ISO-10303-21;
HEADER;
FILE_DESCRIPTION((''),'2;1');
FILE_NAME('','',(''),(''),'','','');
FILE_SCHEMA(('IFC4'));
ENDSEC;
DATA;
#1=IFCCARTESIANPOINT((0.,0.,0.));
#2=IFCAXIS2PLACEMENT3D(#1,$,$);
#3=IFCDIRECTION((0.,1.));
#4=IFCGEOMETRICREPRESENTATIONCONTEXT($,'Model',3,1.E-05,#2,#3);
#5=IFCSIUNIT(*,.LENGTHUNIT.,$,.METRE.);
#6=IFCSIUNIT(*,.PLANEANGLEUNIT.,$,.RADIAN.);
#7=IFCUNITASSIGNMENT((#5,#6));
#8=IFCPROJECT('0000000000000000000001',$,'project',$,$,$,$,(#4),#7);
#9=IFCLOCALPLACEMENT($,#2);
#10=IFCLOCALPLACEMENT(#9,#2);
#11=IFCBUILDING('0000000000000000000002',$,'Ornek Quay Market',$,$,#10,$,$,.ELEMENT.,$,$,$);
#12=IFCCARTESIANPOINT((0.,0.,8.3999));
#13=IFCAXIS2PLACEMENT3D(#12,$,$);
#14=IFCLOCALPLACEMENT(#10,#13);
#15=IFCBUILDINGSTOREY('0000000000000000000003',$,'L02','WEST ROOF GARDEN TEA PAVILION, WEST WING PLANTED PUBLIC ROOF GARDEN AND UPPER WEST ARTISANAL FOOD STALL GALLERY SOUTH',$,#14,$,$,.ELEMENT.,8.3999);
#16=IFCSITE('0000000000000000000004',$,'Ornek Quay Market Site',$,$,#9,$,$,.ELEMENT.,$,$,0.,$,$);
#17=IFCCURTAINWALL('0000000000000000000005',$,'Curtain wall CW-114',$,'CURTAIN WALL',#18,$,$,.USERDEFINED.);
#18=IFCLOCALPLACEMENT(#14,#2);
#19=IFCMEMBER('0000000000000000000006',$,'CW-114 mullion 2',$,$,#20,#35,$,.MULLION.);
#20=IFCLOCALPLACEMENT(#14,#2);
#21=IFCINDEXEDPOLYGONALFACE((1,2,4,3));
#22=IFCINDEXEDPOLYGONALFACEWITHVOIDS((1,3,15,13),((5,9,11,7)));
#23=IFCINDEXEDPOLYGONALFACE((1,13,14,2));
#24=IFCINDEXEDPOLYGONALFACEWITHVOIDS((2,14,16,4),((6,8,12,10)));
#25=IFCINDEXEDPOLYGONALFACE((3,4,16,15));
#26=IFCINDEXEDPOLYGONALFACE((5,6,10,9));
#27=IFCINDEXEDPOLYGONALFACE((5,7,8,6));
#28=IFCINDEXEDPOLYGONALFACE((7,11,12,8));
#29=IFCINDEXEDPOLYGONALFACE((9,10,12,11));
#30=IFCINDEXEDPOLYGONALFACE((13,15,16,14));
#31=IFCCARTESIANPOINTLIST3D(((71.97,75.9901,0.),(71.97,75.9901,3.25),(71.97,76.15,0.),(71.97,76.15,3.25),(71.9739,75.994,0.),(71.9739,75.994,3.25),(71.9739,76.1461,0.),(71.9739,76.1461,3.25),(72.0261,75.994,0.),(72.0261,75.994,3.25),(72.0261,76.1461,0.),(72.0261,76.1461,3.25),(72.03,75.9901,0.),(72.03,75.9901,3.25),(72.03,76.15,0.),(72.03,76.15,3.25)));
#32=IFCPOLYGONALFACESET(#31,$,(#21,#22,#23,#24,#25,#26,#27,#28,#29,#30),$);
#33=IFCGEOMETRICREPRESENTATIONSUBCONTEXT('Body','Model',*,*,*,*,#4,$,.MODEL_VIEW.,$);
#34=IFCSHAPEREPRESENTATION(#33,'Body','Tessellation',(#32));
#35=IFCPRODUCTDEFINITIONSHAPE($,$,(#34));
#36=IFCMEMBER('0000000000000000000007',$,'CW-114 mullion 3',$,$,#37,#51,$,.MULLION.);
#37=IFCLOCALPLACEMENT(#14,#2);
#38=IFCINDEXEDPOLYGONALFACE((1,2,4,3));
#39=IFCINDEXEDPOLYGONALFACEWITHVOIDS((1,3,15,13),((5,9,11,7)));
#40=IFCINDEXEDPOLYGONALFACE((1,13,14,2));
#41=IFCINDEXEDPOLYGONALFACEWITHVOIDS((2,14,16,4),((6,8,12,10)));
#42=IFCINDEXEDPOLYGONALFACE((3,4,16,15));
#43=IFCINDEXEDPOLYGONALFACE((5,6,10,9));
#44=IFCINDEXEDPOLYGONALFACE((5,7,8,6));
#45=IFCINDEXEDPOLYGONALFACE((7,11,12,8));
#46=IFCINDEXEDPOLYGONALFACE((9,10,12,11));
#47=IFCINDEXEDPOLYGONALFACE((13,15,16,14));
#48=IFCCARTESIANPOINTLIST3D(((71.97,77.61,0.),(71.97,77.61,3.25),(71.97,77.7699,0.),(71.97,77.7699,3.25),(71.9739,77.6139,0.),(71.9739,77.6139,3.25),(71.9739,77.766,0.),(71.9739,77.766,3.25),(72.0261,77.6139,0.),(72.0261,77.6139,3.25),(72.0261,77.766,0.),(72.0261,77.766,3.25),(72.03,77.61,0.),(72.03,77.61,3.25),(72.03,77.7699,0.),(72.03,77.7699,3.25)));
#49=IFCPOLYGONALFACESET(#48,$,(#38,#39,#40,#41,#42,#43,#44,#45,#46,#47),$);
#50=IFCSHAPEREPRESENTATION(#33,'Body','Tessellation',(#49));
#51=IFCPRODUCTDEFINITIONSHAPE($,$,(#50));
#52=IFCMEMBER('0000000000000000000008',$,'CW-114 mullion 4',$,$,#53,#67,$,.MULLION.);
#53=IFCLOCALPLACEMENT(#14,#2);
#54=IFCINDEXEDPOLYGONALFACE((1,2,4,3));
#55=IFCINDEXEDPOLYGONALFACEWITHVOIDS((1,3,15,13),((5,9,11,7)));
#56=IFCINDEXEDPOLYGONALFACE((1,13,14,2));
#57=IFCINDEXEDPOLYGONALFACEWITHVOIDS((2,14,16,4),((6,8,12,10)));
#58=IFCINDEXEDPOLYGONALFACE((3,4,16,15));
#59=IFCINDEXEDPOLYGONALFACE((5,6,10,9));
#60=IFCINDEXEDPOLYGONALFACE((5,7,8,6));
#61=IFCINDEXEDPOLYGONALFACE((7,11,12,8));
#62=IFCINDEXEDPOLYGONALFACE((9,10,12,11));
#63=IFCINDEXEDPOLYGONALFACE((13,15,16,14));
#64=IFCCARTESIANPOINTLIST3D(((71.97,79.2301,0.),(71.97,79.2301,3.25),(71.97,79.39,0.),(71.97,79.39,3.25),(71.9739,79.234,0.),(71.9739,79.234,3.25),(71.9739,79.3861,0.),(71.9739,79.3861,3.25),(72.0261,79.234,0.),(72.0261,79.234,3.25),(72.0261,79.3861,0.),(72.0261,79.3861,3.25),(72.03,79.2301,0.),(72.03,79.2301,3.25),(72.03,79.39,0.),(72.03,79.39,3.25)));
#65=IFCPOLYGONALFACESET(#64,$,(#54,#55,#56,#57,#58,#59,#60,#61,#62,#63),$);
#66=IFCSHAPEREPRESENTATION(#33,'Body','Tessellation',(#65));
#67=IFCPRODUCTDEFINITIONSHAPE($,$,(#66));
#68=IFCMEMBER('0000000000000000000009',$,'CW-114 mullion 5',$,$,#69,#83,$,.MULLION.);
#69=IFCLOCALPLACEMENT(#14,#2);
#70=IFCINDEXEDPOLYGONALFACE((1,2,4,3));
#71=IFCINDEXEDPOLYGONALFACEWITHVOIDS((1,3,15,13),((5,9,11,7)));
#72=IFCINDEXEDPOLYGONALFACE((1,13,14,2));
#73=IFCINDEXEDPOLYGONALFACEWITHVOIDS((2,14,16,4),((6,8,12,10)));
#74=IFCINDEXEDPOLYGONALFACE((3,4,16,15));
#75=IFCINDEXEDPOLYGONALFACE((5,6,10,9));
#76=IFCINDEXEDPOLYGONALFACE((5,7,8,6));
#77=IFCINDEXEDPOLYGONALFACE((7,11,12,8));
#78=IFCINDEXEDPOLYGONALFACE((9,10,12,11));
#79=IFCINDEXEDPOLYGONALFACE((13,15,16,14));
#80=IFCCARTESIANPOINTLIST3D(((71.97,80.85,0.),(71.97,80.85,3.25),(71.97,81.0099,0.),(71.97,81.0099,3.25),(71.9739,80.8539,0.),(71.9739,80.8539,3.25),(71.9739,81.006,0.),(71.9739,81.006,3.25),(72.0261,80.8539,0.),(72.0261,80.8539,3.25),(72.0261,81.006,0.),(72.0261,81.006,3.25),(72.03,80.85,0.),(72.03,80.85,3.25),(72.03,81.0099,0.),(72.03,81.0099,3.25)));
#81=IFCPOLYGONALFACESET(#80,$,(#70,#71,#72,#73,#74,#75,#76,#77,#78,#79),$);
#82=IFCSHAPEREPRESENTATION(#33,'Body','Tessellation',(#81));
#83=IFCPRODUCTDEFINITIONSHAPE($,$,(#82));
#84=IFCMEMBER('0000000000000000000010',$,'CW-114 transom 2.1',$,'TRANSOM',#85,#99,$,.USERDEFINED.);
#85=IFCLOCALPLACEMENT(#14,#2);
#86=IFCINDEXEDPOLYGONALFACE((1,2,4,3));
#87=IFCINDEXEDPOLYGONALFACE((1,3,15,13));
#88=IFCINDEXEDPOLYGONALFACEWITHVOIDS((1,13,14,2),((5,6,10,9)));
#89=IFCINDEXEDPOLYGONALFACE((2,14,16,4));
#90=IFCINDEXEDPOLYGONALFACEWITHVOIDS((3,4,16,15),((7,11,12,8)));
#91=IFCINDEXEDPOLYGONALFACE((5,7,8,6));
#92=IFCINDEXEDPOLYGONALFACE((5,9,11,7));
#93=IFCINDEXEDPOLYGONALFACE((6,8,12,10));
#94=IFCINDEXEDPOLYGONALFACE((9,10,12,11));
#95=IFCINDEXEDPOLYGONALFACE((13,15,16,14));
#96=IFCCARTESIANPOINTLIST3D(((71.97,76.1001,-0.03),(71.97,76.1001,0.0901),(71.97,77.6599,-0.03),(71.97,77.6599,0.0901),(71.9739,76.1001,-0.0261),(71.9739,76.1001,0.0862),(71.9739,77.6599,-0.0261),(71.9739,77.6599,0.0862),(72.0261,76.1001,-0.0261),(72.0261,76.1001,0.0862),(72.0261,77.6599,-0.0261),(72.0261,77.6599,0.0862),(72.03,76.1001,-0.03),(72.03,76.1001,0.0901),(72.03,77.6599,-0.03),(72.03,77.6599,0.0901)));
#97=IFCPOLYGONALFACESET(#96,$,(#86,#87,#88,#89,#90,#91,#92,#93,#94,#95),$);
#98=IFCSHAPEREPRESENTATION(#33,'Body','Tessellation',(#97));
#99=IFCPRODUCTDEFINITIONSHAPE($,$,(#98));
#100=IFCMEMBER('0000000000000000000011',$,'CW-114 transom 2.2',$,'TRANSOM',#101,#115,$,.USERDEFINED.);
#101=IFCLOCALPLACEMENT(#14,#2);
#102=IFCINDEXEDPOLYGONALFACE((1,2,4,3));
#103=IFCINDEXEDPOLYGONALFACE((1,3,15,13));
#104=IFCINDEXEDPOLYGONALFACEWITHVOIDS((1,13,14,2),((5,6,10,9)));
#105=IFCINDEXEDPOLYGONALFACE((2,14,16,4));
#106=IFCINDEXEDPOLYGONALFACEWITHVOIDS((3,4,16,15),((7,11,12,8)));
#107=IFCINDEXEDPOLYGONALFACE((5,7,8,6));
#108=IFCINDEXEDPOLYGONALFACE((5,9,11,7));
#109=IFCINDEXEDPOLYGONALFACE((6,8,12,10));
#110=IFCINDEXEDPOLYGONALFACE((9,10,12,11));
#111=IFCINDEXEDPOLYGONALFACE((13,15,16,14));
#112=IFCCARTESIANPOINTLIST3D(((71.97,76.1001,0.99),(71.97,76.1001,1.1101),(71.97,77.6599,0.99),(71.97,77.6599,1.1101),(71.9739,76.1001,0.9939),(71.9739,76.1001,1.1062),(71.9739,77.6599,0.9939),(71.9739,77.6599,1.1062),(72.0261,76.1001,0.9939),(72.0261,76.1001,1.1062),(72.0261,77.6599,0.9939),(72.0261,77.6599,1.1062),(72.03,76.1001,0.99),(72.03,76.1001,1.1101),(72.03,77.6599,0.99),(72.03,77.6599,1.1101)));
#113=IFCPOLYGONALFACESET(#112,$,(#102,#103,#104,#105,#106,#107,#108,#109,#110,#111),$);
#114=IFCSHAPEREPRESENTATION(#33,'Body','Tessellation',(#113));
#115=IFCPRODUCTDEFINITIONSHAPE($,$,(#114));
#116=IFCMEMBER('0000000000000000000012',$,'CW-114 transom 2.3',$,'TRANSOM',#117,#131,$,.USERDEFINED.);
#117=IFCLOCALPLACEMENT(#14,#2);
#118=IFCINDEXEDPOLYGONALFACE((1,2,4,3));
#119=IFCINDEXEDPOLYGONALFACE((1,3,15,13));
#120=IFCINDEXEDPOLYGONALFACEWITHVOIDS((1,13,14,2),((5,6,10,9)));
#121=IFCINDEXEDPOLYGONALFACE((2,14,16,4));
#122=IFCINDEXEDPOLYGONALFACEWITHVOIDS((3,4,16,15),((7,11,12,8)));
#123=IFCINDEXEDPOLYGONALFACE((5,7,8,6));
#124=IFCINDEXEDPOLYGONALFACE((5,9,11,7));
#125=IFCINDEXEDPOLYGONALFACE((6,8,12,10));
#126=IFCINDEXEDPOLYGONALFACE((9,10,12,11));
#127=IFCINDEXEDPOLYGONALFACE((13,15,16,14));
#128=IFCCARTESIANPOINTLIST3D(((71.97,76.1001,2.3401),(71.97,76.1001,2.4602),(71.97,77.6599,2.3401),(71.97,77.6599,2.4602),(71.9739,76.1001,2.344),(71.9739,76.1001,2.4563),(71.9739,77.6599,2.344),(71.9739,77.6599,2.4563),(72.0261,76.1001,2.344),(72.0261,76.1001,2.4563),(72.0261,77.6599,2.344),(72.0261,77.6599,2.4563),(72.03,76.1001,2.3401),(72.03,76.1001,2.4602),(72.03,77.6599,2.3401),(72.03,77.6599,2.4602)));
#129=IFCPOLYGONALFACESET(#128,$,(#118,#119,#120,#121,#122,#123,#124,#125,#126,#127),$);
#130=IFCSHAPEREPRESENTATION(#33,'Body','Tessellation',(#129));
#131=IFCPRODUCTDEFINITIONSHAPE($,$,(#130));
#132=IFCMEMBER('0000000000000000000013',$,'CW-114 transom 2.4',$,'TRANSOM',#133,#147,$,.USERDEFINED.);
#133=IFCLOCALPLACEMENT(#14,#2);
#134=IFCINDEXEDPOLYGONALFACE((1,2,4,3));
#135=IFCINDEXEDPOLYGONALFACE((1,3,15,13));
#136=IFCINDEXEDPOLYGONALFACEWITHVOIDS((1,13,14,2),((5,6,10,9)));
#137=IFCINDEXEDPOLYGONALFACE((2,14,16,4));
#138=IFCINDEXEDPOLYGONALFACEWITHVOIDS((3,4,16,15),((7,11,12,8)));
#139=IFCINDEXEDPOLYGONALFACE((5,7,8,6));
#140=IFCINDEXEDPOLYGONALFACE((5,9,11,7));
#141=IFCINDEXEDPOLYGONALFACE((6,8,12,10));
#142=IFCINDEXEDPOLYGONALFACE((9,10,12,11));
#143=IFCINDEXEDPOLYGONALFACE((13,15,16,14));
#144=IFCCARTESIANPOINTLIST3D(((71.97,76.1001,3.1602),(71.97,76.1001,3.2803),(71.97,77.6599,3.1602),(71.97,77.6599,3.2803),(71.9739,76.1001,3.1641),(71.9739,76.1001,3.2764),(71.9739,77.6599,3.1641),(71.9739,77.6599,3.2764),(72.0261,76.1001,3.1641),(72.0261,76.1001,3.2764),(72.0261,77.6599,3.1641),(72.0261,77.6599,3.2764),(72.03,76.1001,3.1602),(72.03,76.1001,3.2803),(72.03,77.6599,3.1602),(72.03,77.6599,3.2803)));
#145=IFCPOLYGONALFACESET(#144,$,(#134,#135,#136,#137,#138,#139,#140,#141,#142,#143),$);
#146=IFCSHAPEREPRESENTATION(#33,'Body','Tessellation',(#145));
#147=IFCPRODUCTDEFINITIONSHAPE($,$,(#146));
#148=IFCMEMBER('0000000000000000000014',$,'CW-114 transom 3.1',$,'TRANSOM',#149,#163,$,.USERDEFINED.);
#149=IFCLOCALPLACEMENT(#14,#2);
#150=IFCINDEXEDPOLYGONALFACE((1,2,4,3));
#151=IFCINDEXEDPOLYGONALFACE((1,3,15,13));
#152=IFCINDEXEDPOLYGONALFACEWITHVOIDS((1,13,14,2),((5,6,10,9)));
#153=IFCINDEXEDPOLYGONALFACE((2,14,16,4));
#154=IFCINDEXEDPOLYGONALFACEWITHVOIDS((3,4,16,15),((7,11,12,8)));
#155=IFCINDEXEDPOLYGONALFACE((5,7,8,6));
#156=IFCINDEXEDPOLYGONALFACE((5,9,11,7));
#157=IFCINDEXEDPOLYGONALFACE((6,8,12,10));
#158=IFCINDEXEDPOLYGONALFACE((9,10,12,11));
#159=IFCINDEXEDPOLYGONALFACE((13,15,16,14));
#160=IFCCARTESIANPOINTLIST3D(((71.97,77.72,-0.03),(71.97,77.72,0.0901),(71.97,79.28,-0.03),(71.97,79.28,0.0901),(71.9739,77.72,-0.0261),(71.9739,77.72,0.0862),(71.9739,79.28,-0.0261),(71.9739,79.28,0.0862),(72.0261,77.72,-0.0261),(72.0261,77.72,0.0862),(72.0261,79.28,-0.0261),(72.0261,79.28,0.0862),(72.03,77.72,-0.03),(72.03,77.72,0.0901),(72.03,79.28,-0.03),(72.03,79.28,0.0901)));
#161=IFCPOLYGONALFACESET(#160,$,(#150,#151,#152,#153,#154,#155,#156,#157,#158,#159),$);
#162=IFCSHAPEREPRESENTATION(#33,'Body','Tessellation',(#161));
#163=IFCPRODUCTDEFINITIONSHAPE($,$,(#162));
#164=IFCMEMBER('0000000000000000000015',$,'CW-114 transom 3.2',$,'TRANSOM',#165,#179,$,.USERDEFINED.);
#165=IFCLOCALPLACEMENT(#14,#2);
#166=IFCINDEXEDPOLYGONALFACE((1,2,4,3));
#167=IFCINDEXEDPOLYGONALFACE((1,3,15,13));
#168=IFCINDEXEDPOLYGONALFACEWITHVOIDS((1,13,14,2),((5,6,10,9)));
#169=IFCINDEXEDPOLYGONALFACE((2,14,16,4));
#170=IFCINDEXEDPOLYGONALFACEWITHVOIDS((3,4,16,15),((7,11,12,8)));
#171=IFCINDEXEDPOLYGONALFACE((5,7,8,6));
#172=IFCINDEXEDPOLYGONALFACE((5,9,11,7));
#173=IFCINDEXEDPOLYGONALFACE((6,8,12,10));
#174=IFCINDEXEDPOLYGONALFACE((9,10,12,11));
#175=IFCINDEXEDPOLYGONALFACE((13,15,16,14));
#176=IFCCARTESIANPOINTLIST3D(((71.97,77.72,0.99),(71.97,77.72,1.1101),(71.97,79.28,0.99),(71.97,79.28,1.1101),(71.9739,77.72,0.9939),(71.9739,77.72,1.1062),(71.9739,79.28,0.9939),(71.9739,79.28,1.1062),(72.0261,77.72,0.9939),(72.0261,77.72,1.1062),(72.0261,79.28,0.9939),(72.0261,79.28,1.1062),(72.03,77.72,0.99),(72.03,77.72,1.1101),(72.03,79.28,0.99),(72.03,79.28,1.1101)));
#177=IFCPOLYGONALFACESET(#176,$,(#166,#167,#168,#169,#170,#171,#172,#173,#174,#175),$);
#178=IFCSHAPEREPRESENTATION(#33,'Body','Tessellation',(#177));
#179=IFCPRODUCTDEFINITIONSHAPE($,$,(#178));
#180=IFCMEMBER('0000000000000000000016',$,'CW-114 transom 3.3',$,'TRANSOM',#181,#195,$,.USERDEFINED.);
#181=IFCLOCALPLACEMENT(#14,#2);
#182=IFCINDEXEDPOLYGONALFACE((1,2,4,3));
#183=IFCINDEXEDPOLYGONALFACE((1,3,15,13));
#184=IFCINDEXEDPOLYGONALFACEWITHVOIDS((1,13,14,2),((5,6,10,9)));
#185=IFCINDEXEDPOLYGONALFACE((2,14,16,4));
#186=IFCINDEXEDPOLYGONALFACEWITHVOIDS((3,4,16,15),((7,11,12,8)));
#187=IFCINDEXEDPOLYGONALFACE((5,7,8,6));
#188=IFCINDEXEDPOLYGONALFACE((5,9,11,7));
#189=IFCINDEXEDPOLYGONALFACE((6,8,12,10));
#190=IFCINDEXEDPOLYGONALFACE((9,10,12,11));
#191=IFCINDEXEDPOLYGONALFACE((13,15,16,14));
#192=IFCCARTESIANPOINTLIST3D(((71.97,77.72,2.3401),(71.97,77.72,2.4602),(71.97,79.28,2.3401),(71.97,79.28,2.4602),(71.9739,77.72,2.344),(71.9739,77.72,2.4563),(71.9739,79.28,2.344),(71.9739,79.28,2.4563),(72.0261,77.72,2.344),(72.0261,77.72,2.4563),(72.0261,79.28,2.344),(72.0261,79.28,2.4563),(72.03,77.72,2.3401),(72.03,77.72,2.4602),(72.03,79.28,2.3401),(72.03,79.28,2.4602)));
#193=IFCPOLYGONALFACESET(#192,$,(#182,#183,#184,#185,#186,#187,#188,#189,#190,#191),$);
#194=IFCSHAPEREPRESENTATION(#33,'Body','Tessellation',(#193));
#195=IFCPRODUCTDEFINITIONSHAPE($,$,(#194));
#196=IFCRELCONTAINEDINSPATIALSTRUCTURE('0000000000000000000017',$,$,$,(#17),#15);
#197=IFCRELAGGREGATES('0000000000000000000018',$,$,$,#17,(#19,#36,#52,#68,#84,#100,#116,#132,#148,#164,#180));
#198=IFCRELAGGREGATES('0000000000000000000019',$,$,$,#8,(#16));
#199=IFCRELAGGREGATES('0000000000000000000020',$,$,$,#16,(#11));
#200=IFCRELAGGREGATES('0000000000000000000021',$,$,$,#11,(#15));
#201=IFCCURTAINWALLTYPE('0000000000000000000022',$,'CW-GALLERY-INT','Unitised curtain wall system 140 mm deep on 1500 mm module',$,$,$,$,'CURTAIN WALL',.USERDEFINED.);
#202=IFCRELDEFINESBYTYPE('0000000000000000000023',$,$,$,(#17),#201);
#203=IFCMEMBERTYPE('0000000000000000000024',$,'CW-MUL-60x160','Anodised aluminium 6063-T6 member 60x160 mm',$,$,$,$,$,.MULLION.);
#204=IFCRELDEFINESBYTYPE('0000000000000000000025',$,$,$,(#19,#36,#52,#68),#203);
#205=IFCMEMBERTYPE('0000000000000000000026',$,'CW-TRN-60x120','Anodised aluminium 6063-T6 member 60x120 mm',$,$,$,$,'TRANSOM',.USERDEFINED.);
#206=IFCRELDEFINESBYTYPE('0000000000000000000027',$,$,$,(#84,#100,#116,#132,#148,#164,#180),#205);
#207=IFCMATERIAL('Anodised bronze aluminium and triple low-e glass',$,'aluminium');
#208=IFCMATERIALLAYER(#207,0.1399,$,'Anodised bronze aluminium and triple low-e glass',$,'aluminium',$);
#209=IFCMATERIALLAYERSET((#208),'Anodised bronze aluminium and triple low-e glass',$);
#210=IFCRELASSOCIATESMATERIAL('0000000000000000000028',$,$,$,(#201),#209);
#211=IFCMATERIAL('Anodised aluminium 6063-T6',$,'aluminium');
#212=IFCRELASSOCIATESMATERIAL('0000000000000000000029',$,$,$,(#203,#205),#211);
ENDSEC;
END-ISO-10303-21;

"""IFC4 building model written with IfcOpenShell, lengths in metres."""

from ifc_helpers import new_model, si_unit, direction, frame, origin, origin_2d, place, context, subcontext, project, spatial, hollow_rectangle, extrude, material, layer, layer_set, material_profile, profile_set, type_object, element, aggregate, save


model = new_model("IFC4")

# Units and contexts
model_context = context("Model", 3, precision=1e-05, world=origin(), true_north=direction((0.0, 1.0)))
body_context = subcontext(model_context, "Body", "Model", "MODEL_VIEW")
ifc_project = project(units=[si_unit("LENGTHUNIT", "METRE"), si_unit("PLANEANGLEUNIT", "RADIAN")], contexts=[model_context])

# Site, building, storey
site_placement = place(None, origin())
site = spatial("IfcSite", under=ifc_project, at=site_placement, Name="Ornek Quay Market Site", CompositionType="ELEMENT", RefElevation=0.0)
building_placement = place(site_placement, origin())
building = spatial("IfcBuilding", under=site, at=building_placement, Name="Ornek Quay Market", CompositionType="ELEMENT")
storey_placement = place(building_placement, frame((0.0, 0.0, 8.3999)))
storey = spatial("IfcBuildingStorey", under=building, at=storey_placement, Name="L02", Description="WEST ROOF GARDEN TEA PAVILION, WEST WING PLANTED PUBLIC ROOF GARDEN AND UPPER WEST ARTISANAL FOOD STALL GALLERY SOUTH", CompositionType="ELEMENT", Elevation=8.3999)

# Curtain wall, members
ifc_material_1 = material(Name="Anodised bronze aluminium and triple low-e glass", Category="aluminium")
ifc_layer_1 = layer(ifc_material_1, 0.1399, Name="Anodised bronze aluminium and triple low-e glass", Category="aluminium")
ifc_layer_set_1 = layer_set([ifc_layer_1], Name="Anodised bronze aluminium and triple low-e glass")
curtain_wall_type = type_object("IfcCurtainWallType", Name="CW-GALLERY-INT", Description="Unitised curtain wall system 140 mm deep on 1500 mm module", ElementType="CURTAIN WALL", PredefinedType="USERDEFINED", material=ifc_layer_set_1)
curtain_wall_placement = place(storey_placement, origin())
curtain_wall = element("IfcCurtainWall", 1, at=curtain_wall_placement, inside=storey, type_object=curtain_wall_type, Name="Curtain wall CW-114", ObjectType="CURTAIN WALL", PredefinedType="USERDEFINED")
ifc_material_2 = material(Name="Anodised aluminium 6063-T6", Category="aluminium")
ifc_material_profile_1 = material_profile(ifc_material_2, hollow_rectangle(XDim=0.0601, YDim=0.1599, WallThickness=0.0039, at=origin_2d()), Name="CW-MUL-60x160", Category="aluminium")
ifc_profile_set_1 = profile_set([ifc_material_profile_1], Name="Anodised aluminium 6063-T6")
member_type_1 = type_object("IfcMemberType", Name="CW-MUL-60x160", Description="Anodised aluminium 6063-T6 member 60x160 mm", PredefinedType="MULLION", material=ifc_profile_set_1)
member_1_placement = place(storey_placement, frame((72.0, 76.0701, 0.0), z_axis=(0.0, 0.0, 1.0), x_axis=(-1.0, 0.0, 0.0)))
member_1 = element("IfcMember", 2, at=member_1_placement, type_object=member_type_1, Name="CW-114 mullion 2", PredefinedType="MULLION", context=body_context, shape_type="SweptSolid", body=[
    extrude(hollow_rectangle(XDim=0.0601, YDim=0.1599, WallThickness=0.0039, at=origin_2d()), origin(), (0.0, 0.0, 1.0), 3.25),
])
member_2_placement = place(storey_placement, frame((72.0, 77.6899, 0.0), z_axis=(0.0, 0.0, 1.0), x_axis=(-1.0, 0.0, 0.0)))
member_2 = element("IfcMember", 3, at=member_2_placement, type_object=member_type_1, Name="CW-114 mullion 3", PredefinedType="MULLION", context=body_context, shape_type="SweptSolid", body=[
    extrude(hollow_rectangle(XDim=0.0601, YDim=0.1599, WallThickness=0.0039, at=origin_2d()), origin(), (0.0, 0.0, 1.0), 3.25),
])
member_3_placement = place(storey_placement, frame((72.0, 79.3101, 0.0), z_axis=(0.0, 0.0, 1.0), x_axis=(-1.0, 0.0, 0.0)))
member_3 = element("IfcMember", 4, at=member_3_placement, type_object=member_type_1, Name="CW-114 mullion 4", PredefinedType="MULLION", context=body_context, shape_type="SweptSolid", body=[
    extrude(hollow_rectangle(XDim=0.0601, YDim=0.1599, WallThickness=0.0039, at=origin_2d()), origin(), (0.0, 0.0, 1.0), 3.25),
])
member_4_placement = place(storey_placement, frame((72.0, 80.9299, 0.0), z_axis=(0.0, 0.0, 1.0), x_axis=(-1.0, 0.0, 0.0)))
member_4 = element("IfcMember", 5, at=member_4_placement, type_object=member_type_1, Name="CW-114 mullion 5", PredefinedType="MULLION", context=body_context, shape_type="SweptSolid", body=[
    extrude(hollow_rectangle(XDim=0.0601, YDim=0.1599, WallThickness=0.0039, at=origin_2d()), origin(), (0.0, 0.0, 1.0), 3.25),
])
ifc_material_profile_2 = material_profile(ifc_material_2, hollow_rectangle(XDim=0.0601, YDim=0.1201, WallThickness=0.0039, at=origin_2d()), Name="CW-TRN-60x120", Category="aluminium")
ifc_profile_set_2 = profile_set([ifc_material_profile_2], Name="Anodised aluminium 6063-T6")
member_type_2 = type_object("IfcMemberType", Name="CW-TRN-60x120", Description="Anodised aluminium 6063-T6 member 60x120 mm", ElementType="TRANSOM", PredefinedType="USERDEFINED", material=ifc_profile_set_2)
member_5_placement = place(storey_placement, frame((72.0, 76.1001, 0.03), z_axis=(0.0, 1.0, 0.0), x_axis=(-1.0, 0.0, 0.0)))
member_5 = element("IfcMember", 6, at=member_5_placement, type_object=member_type_2, Name="CW-114 transom 2.1", ObjectType="TRANSOM", PredefinedType="USERDEFINED", context=body_context, shape_type="SweptSolid", body=[
    extrude(hollow_rectangle(XDim=0.0601, YDim=0.1201, WallThickness=0.0039, at=origin_2d()), origin(), (0.0, 0.0, 1.0), 1.5598),
])
member_6_placement = place(storey_placement, frame((72.0, 76.1001, 1.05), z_axis=(0.0, 1.0, 0.0), x_axis=(-1.0, 0.0, 0.0)))
member_6 = element("IfcMember", 7, at=member_6_placement, type_object=member_type_2, Name="CW-114 transom 2.2", ObjectType="TRANSOM", PredefinedType="USERDEFINED", context=body_context, shape_type="SweptSolid", body=[
    extrude(hollow_rectangle(XDim=0.0601, YDim=0.1201, WallThickness=0.0039, at=origin_2d()), origin(), (0.0, 0.0, 1.0), 1.5598),
])
member_7_placement = place(storey_placement, frame((72.0, 76.1001, 2.4001), z_axis=(0.0, 1.0, 0.0), x_axis=(-1.0, 0.0, 0.0)))
member_7 = element("IfcMember", 8, at=member_7_placement, type_object=member_type_2, Name="CW-114 transom 2.3", ObjectType="TRANSOM", PredefinedType="USERDEFINED", context=body_context, shape_type="SweptSolid", body=[
    extrude(hollow_rectangle(XDim=0.0601, YDim=0.1201, WallThickness=0.0039, at=origin_2d()), origin(), (0.0, 0.0, 1.0), 1.5598),
])
member_8_placement = place(storey_placement, frame((72.0, 76.1001, 3.2202), z_axis=(0.0, 1.0, 0.0), x_axis=(-1.0, 0.0, 0.0)))
member_8 = element("IfcMember", 9, at=member_8_placement, type_object=member_type_2, Name="CW-114 transom 2.4", ObjectType="TRANSOM", PredefinedType="USERDEFINED", context=body_context, shape_type="SweptSolid", body=[
    extrude(hollow_rectangle(XDim=0.0601, YDim=0.1201, WallThickness=0.0039, at=origin_2d()), origin(), (0.0, 0.0, 1.0), 1.5598),
])
member_9_placement = place(storey_placement, frame((72.0, 77.72, 0.03), z_axis=(0.0, 1.0, 0.0), x_axis=(-1.0, 0.0, 0.0)))
member_9 = element("IfcMember", 10, at=member_9_placement, type_object=member_type_2, Name="CW-114 transom 3.1", ObjectType="TRANSOM", PredefinedType="USERDEFINED", context=body_context, shape_type="SweptSolid", body=[
    extrude(hollow_rectangle(XDim=0.0601, YDim=0.1201, WallThickness=0.0039, at=origin_2d()), origin(), (0.0, 0.0, 1.0), 1.5601),
])
member_10_placement = place(storey_placement, frame((72.0, 77.72, 1.05), z_axis=(0.0, 1.0, 0.0), x_axis=(-1.0, 0.0, 0.0)))
member_10 = element("IfcMember", 11, at=member_10_placement, type_object=member_type_2, Name="CW-114 transom 3.2", ObjectType="TRANSOM", PredefinedType="USERDEFINED", context=body_context, shape_type="SweptSolid", body=[
    extrude(hollow_rectangle(XDim=0.0601, YDim=0.1201, WallThickness=0.0039, at=origin_2d()), origin(), (0.0, 0.0, 1.0), 1.5601),
])
member_11_placement = place(storey_placement, frame((72.0, 77.72, 2.4001), z_axis=(0.0, 1.0, 0.0), x_axis=(-1.0, 0.0, 0.0)))
member_11 = element("IfcMember", 12, at=member_11_placement, type_object=member_type_2, Name="CW-114 transom 3.3", ObjectType="TRANSOM", PredefinedType="USERDEFINED", context=body_context, shape_type="SweptSolid", body=[
    extrude(hollow_rectangle(XDim=0.0601, YDim=0.1201, WallThickness=0.0039, at=origin_2d()), origin(), (0.0, 0.0, 1.0), 1.5601),
])
aggregate(curtain_wall, [member_1, member_2, member_3, member_4, member_5, member_6, member_7, member_8, member_9, member_10, member_11])

save(model, "model.ifc")
